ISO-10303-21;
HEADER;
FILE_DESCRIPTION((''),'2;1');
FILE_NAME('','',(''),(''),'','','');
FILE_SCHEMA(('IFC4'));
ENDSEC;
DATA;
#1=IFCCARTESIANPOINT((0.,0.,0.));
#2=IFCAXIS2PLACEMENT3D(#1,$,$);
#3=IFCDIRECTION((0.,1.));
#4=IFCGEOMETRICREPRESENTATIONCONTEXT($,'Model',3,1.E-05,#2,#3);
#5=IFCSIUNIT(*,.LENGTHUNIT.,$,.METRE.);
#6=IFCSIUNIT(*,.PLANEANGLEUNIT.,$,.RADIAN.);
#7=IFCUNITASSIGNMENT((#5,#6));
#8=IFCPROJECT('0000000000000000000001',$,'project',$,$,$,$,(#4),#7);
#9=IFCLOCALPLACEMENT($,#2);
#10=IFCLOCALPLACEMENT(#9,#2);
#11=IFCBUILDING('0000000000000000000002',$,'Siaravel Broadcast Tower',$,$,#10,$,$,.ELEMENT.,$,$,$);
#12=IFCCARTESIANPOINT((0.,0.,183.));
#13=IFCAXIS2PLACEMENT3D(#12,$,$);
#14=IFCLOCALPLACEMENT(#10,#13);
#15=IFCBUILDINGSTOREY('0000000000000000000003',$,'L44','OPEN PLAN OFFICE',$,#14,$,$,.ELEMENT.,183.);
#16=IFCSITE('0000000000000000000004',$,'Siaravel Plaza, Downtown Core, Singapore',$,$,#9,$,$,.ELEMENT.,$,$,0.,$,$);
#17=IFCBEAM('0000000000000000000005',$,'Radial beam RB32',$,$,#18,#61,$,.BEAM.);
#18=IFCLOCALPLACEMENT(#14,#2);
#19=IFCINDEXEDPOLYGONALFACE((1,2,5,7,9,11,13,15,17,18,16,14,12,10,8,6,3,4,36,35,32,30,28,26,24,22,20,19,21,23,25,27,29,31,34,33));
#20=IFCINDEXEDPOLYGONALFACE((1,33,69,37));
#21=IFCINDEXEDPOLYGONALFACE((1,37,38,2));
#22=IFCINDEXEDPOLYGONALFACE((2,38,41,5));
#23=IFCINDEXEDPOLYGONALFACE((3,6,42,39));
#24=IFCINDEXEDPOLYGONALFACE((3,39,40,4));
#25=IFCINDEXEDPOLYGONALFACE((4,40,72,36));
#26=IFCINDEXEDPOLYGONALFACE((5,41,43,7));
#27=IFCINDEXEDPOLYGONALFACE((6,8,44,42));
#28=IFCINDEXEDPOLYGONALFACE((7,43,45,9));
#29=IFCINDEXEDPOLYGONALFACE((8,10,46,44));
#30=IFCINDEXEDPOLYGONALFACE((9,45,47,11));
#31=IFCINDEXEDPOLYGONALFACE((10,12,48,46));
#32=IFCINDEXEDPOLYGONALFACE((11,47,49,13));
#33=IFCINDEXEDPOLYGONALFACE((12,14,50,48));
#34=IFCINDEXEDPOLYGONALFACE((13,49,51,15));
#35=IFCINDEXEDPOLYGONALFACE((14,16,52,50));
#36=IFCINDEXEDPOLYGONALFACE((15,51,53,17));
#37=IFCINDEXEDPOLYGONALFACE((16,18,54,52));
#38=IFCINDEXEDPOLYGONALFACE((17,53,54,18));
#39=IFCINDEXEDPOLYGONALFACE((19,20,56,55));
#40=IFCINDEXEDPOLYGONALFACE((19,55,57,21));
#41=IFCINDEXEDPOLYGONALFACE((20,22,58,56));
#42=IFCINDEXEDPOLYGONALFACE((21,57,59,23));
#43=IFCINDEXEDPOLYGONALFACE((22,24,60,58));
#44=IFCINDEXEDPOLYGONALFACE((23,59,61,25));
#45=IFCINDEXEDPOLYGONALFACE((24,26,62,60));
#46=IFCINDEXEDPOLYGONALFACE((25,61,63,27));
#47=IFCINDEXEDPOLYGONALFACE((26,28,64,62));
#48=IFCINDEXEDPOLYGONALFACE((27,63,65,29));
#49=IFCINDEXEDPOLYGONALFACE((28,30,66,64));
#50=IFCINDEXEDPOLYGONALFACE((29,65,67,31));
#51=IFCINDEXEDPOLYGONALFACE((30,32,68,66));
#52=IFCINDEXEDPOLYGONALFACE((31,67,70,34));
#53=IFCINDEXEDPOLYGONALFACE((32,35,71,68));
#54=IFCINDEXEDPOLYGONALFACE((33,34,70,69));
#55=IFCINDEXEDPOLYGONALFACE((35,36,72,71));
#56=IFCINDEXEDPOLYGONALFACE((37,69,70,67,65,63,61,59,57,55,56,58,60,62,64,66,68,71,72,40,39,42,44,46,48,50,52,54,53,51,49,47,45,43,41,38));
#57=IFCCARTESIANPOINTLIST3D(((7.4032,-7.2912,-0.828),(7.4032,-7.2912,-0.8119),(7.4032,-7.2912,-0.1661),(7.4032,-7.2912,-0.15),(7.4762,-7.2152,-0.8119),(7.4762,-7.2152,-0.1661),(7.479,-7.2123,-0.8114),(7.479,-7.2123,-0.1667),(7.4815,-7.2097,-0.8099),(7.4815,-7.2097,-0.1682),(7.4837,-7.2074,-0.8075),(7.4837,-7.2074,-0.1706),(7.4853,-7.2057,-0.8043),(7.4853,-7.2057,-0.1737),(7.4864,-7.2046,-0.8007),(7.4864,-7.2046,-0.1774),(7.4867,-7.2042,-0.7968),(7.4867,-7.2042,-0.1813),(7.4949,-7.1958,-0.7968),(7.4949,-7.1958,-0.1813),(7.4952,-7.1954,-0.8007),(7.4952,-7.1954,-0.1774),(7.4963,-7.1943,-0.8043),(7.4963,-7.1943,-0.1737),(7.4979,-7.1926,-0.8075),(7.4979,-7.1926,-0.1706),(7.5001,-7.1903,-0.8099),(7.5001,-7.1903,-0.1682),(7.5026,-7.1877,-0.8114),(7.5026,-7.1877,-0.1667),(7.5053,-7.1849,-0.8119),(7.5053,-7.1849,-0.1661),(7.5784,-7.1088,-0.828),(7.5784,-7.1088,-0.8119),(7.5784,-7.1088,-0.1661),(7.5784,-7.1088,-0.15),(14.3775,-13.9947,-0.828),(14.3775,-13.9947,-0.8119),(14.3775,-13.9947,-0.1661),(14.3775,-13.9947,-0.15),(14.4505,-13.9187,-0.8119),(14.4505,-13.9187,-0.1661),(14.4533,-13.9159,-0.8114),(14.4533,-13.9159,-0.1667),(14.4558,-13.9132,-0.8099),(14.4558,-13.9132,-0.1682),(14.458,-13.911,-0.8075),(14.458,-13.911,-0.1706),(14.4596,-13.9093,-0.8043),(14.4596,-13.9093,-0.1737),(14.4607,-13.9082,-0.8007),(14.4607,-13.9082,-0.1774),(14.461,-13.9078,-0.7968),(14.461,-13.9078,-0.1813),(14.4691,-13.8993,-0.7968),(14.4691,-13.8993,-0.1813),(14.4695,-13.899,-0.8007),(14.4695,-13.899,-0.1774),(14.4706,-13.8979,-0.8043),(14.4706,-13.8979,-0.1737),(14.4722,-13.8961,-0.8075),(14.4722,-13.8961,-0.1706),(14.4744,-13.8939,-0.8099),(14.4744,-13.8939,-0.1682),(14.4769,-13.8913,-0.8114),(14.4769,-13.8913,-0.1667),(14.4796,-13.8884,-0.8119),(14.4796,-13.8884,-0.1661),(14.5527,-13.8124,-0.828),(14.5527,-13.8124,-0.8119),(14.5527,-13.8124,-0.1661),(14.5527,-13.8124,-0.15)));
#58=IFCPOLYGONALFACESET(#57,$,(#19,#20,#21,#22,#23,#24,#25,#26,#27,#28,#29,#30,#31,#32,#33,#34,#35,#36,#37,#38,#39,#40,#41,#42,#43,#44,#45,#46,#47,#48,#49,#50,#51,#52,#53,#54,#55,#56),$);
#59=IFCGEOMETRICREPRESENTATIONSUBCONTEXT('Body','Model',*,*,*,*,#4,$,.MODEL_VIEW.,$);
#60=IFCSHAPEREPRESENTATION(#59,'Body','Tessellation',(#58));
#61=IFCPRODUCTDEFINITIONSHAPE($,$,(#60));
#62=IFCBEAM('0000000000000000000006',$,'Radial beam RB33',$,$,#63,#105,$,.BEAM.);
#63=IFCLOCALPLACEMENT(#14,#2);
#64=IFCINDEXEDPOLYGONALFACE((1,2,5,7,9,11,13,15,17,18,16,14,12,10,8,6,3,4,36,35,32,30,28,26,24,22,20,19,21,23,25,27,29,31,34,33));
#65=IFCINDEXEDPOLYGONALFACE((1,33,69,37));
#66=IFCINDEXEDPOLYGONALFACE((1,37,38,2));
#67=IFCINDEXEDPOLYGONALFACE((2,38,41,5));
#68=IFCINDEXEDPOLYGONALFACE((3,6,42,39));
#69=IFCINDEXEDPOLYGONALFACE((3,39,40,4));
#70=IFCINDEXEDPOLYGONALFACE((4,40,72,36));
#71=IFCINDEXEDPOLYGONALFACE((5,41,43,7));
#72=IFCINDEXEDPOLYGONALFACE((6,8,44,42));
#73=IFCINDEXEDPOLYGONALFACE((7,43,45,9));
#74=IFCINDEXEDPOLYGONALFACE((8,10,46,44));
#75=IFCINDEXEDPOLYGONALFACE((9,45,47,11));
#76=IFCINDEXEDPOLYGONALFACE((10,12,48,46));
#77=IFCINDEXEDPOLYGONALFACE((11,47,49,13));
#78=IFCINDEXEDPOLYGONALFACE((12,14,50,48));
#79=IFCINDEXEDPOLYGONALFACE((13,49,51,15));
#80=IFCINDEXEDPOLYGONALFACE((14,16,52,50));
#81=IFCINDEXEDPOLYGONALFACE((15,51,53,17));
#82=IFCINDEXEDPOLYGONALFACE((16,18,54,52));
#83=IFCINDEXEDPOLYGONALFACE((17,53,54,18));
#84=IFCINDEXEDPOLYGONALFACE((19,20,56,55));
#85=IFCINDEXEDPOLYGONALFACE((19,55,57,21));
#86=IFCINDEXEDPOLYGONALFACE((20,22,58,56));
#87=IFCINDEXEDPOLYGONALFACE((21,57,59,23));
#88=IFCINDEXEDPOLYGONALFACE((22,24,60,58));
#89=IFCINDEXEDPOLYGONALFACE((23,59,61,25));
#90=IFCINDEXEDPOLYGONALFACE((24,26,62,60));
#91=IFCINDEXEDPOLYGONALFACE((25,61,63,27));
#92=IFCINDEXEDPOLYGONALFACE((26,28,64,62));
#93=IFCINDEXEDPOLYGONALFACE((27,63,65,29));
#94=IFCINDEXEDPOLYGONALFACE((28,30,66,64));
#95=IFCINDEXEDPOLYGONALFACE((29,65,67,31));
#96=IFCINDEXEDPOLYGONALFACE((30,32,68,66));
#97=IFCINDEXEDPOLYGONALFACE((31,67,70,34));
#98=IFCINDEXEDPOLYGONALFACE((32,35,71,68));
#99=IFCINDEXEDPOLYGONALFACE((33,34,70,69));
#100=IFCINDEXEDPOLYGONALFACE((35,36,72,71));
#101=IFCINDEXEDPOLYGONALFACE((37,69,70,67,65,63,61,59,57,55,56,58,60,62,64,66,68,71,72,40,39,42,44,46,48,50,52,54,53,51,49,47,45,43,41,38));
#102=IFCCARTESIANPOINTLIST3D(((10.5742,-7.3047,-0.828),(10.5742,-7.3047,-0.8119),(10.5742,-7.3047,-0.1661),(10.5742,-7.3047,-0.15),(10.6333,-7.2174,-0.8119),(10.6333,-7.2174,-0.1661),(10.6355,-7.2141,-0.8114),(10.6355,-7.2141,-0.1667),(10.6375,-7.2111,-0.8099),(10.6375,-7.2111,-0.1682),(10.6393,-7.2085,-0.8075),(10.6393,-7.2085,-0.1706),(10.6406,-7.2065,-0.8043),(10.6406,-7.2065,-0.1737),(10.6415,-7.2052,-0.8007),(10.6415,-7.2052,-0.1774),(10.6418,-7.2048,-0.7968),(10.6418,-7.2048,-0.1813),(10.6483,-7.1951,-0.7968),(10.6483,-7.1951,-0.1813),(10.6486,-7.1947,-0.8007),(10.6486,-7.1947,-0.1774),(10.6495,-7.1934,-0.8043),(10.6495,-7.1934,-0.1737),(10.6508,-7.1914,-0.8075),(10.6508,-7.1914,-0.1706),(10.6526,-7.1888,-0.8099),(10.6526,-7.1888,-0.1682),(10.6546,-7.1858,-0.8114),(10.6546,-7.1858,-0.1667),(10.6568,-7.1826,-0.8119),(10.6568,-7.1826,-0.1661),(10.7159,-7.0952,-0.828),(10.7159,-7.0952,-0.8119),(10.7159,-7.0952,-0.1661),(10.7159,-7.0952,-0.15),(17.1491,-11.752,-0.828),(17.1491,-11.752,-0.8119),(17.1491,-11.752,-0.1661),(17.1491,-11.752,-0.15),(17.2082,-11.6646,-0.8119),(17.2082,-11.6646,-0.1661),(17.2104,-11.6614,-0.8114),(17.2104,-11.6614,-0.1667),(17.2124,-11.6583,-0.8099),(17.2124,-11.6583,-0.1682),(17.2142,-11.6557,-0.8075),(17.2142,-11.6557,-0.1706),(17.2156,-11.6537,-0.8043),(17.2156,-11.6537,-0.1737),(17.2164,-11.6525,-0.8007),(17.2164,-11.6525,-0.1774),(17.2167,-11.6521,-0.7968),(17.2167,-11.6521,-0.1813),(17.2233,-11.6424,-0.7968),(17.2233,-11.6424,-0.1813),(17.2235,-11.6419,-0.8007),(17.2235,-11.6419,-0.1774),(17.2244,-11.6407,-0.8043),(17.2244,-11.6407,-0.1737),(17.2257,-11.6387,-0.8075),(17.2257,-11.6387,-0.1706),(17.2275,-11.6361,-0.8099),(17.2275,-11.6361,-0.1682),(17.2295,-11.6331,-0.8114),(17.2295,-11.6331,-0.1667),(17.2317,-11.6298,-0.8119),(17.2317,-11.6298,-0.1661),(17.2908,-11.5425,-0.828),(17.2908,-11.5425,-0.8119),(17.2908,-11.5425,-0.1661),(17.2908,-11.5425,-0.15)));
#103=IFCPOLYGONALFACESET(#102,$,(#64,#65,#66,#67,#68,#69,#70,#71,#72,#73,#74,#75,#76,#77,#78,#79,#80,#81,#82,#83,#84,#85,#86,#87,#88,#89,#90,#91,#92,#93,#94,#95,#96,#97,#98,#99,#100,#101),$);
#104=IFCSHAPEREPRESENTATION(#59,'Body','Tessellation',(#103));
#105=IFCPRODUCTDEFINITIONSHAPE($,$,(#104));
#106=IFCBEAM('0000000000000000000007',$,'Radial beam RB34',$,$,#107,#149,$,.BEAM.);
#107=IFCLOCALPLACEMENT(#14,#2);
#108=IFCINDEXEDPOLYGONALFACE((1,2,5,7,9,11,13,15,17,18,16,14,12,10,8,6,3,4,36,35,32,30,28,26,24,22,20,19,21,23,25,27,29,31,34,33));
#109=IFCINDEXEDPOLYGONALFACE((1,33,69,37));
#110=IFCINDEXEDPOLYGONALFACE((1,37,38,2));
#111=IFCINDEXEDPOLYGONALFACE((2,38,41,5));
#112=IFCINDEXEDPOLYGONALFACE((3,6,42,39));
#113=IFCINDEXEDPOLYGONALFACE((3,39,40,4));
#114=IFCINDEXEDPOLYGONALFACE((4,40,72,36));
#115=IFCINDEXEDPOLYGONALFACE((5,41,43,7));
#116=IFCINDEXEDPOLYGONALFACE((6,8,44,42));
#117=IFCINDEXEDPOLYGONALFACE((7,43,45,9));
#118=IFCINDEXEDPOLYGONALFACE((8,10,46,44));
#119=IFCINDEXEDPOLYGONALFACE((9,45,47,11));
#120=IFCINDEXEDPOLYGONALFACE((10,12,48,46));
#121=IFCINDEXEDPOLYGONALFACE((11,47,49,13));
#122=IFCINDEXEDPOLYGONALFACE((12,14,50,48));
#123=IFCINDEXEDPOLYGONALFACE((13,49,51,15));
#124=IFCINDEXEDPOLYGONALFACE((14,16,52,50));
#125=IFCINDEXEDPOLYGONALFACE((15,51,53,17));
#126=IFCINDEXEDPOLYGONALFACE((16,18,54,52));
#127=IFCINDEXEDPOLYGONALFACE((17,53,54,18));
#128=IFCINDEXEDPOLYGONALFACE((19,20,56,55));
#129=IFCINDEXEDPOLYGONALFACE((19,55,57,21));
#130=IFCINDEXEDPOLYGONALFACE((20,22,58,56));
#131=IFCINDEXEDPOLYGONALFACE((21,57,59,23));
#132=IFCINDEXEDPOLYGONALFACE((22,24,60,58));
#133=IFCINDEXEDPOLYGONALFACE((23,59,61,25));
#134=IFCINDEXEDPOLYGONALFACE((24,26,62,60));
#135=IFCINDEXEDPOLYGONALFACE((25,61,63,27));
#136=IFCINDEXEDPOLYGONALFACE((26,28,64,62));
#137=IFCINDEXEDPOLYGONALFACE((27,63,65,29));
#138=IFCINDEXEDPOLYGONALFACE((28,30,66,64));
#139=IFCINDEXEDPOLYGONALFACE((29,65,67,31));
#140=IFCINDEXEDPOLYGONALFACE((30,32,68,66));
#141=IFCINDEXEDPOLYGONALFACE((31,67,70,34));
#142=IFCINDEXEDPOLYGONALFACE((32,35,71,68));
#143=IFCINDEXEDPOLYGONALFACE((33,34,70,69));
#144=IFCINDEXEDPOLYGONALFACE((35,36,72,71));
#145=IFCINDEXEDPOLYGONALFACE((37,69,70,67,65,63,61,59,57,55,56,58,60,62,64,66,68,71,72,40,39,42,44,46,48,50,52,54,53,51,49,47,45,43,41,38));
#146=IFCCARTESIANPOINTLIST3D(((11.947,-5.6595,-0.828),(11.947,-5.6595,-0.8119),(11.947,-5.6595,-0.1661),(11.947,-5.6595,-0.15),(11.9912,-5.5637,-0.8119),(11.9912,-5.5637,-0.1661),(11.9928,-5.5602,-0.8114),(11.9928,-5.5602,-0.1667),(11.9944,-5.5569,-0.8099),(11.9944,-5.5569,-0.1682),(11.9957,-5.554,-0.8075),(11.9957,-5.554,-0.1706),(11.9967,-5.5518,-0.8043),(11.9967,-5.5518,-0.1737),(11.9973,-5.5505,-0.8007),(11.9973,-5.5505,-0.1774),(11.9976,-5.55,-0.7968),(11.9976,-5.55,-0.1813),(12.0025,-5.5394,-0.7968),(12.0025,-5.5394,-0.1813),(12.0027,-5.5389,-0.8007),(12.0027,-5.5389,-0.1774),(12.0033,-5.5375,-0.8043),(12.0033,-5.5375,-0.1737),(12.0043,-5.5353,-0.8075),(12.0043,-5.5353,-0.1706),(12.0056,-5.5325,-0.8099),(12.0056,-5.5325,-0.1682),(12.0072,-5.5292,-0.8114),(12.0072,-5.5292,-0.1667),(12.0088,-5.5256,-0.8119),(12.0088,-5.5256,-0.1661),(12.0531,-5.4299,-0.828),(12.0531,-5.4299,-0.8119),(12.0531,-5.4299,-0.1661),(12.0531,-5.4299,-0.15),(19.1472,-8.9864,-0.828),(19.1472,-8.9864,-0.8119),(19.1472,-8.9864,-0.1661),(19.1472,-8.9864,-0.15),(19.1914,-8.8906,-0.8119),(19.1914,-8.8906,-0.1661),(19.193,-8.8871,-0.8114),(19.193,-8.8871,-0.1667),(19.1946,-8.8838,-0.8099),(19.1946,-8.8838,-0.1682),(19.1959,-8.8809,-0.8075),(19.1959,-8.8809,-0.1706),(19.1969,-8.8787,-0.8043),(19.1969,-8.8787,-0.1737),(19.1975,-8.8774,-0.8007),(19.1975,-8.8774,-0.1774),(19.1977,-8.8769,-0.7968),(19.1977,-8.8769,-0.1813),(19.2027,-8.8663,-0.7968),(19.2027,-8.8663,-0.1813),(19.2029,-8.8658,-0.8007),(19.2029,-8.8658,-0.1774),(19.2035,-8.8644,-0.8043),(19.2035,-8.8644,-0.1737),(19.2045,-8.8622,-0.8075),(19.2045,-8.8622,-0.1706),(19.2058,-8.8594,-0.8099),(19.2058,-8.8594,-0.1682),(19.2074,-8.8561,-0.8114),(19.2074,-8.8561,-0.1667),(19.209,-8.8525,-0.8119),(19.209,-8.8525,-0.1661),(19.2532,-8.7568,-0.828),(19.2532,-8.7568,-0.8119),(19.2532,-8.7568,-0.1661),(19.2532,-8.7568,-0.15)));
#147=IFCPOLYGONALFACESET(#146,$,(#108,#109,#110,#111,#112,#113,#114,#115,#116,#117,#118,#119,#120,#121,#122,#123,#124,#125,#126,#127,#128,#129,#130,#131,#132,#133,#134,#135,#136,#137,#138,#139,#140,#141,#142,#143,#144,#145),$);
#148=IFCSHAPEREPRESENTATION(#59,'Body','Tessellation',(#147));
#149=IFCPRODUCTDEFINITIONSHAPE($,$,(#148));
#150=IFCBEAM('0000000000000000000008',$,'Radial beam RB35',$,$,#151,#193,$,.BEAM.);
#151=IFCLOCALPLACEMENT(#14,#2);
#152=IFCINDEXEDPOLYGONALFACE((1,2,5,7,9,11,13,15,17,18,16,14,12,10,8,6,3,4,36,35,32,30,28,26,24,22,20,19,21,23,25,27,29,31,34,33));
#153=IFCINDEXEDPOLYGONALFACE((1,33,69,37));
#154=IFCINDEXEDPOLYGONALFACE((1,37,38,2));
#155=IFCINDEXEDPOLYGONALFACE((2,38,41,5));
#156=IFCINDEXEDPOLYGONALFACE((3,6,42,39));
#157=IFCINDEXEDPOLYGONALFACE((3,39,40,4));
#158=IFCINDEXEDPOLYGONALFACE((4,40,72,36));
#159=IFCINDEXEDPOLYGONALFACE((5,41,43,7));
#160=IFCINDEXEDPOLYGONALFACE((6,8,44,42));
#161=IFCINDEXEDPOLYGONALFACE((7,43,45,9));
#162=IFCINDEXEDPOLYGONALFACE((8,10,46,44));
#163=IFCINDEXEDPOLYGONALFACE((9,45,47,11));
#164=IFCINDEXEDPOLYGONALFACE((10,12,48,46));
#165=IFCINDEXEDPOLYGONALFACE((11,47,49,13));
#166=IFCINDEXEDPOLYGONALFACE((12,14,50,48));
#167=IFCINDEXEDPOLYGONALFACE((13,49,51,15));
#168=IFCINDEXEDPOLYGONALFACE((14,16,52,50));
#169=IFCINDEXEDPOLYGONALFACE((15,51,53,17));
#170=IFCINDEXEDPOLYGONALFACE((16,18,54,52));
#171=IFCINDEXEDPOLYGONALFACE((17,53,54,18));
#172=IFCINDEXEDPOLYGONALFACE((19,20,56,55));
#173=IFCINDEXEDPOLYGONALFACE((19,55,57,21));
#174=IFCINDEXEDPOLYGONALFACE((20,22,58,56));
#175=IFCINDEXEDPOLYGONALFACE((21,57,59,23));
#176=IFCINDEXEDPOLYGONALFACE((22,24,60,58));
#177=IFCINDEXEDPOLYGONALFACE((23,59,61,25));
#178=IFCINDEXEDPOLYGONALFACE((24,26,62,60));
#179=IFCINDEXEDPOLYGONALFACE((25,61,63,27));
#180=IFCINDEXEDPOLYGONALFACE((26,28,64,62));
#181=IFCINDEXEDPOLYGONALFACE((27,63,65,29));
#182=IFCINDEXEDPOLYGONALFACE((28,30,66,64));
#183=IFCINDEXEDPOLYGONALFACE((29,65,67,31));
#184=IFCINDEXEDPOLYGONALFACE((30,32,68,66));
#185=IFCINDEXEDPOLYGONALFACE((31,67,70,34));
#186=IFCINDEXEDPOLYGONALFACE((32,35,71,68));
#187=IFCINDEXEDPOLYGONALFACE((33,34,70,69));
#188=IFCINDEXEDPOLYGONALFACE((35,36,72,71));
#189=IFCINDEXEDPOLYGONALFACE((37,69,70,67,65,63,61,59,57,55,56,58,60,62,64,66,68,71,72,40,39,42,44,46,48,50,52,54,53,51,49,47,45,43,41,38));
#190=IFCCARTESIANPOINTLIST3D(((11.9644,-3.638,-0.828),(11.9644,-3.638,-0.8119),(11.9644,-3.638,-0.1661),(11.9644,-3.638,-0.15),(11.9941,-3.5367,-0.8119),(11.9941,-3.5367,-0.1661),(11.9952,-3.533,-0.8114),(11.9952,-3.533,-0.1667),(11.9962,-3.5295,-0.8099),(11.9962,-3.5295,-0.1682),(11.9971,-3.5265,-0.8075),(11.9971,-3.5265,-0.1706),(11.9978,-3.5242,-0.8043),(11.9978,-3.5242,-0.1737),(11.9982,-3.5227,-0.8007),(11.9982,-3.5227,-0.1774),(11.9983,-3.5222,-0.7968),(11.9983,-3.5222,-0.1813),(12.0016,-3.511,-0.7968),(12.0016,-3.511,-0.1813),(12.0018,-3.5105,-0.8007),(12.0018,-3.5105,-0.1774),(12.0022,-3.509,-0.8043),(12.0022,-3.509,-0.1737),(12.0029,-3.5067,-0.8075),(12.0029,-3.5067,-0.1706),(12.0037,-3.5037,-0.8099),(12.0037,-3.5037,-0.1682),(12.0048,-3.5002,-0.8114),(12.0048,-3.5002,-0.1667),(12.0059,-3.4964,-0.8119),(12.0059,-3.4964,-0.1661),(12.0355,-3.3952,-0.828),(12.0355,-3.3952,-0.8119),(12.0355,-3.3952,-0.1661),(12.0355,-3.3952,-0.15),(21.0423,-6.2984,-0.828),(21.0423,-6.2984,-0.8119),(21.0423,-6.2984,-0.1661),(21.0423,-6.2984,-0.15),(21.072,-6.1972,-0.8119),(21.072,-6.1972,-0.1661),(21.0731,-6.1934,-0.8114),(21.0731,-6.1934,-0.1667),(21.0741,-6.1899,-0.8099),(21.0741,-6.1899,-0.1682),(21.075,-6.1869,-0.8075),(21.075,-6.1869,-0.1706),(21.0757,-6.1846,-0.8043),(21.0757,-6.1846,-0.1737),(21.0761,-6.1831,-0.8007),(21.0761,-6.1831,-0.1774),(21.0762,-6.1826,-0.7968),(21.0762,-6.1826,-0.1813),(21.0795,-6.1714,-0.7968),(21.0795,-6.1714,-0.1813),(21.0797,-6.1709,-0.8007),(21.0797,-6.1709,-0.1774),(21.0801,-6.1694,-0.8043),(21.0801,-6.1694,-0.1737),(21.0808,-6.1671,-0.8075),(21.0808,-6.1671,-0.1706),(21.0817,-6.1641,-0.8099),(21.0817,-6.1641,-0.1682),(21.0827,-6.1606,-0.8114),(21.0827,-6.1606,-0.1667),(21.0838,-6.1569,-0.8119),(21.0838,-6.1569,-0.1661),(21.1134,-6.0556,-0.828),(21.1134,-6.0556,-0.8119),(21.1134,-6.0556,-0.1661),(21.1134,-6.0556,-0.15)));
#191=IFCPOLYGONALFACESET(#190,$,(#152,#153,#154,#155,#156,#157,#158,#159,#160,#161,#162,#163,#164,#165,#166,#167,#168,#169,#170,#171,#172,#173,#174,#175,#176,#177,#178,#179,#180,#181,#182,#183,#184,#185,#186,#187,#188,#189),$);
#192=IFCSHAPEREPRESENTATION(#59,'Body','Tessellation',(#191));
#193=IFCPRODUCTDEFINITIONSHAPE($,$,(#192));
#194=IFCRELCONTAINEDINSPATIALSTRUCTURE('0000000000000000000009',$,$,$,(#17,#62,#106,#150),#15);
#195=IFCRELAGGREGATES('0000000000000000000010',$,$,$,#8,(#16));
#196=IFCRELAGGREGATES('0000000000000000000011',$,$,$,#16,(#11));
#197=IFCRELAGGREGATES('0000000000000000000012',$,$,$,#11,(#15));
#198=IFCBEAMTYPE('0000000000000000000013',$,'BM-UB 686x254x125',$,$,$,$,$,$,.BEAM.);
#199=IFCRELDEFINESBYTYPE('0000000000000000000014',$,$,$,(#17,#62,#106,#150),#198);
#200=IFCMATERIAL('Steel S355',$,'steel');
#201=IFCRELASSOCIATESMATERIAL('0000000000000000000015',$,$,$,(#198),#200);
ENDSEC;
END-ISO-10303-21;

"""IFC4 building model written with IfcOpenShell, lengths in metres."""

from ifc_helpers import new_model, si_unit, direction, frame, origin, origin_2d, place, context, subcontext, project, spatial, i_section, extrude, material, material_profile, profile_set, type_object, element, save


model = new_model("IFC4")

# Units and contexts
model_context = context("Model", 3, precision=1e-05, world=origin(), true_north=direction((0.0, 1.0)))
body_context = subcontext(model_context, "Body", "Model", "MODEL_VIEW")
ifc_project = project(units=[si_unit("LENGTHUNIT", "METRE"), si_unit("PLANEANGLEUNIT", "RADIAN")], contexts=[model_context])

# Site, building, storey
site_placement = place(None, origin())
site = spatial("IfcSite", under=ifc_project, at=site_placement, Name="Siaravel Plaza, Downtown Core, Singapore", CompositionType="ELEMENT", RefElevation=0.0)
building_placement = place(site_placement, origin())
building = spatial("IfcBuilding", under=site, at=building_placement, Name="Siaravel Broadcast Tower", CompositionType="ELEMENT")
storey_placement = place(building_placement, frame((0.0, 0.0, 183.0)))
storey = spatial("IfcBuildingStorey", under=building, at=storey_placement, Name="L44", Description="OPEN PLAN OFFICE", CompositionType="ELEMENT", Elevation=183.0)

# Beams
ifc_material_1 = material(Name="Steel S355", Category="steel")
ifc_material_profile_1 = material_profile(ifc_material_1, i_section(OverallWidth=0.2529, OverallDepth=0.678, WebThickness=0.0117, FlangeThickness=0.0161, FilletRadius=0.0151, at=origin_2d()))
ifc_profile_set_1 = profile_set([ifc_material_profile_1], Name="Steel S355")
beam_type = type_object("IfcBeamType", Name="BM-UB 686x254x125", PredefinedType="BEAM", material=ifc_profile_set_1)
beam_1_placement = place(storey_placement, frame((14.4651, -13.9036, -0.489), z_axis=(-0.720963, 0.692974, 0.0), x_axis=(-0.692974, -0.720963, 0.0)))
element("IfcBeam", 1, at=beam_1_placement, inside=storey, type_object=beam_type, Name="Radial beam RB32", PredefinedType="BEAM", context=body_context, shape_type="SweptSolid", body=[
    extrude(i_section(OverallWidth=0.2529, OverallDepth=0.678, WebThickness=0.0117, FlangeThickness=0.0161, FilletRadius=0.0151, at=origin_2d()), origin(), (0.0, 0.0, 1.0), 9.6736),
])
beam_2_placement = place(storey_placement, frame((17.22, -11.6472, -0.489), z_axis=(-0.828312, 0.560267, 0.0), x_axis=(-0.560267, -0.828312, 0.0)))
element("IfcBeam", 2, at=beam_2_placement, inside=storey, type_object=beam_type, Name="Radial beam RB33", PredefinedType="BEAM", context=body_context, shape_type="SweptSolid", body=[
    extrude(i_section(OverallWidth=0.2529, OverallDepth=0.678, WebThickness=0.0117, FlangeThickness=0.0161, FilletRadius=0.0151, at=origin_2d()), origin(), (0.0, 0.0, 1.0), 7.9377),
])
beam_3_placement = place(storey_placement, frame((19.2002, -8.8716, -0.489), z_axis=(-0.90778, 0.419447, 0.0), x_axis=(-0.419447, -0.90778, 0.0)))
element("IfcBeam", 3, at=beam_3_placement, inside=storey, type_object=beam_type, Name="Radial beam RB34", PredefinedType="BEAM", context=body_context, shape_type="SweptSolid", body=[
    extrude(i_section(OverallWidth=0.2529, OverallDepth=0.678, WebThickness=0.0117, FlangeThickness=0.0161, FilletRadius=0.0151, at=origin_2d()), origin(), (0.0, 0.0, 1.0), 7.9316),
])
beam_4_placement = place(storey_placement, frame((21.0779, -6.177, -0.489), z_axis=(-0.959639, 0.281236, 0.0), x_axis=(-0.281236, -0.959639, 0.0)))
element("IfcBeam", 4, at=beam_4_placement, inside=storey, type_object=beam_type, Name="Radial beam RB35", PredefinedType="BEAM", context=body_context, shape_type="SweptSolid", body=[
    extrude(i_section(OverallWidth=0.2529, OverallDepth=0.678, WebThickness=0.0117, FlangeThickness=0.0161, FilletRadius=0.0151, at=origin_2d()), origin(), (0.0, 0.0, 1.0), 9.4597),
])

save(model, "model.ifc")
